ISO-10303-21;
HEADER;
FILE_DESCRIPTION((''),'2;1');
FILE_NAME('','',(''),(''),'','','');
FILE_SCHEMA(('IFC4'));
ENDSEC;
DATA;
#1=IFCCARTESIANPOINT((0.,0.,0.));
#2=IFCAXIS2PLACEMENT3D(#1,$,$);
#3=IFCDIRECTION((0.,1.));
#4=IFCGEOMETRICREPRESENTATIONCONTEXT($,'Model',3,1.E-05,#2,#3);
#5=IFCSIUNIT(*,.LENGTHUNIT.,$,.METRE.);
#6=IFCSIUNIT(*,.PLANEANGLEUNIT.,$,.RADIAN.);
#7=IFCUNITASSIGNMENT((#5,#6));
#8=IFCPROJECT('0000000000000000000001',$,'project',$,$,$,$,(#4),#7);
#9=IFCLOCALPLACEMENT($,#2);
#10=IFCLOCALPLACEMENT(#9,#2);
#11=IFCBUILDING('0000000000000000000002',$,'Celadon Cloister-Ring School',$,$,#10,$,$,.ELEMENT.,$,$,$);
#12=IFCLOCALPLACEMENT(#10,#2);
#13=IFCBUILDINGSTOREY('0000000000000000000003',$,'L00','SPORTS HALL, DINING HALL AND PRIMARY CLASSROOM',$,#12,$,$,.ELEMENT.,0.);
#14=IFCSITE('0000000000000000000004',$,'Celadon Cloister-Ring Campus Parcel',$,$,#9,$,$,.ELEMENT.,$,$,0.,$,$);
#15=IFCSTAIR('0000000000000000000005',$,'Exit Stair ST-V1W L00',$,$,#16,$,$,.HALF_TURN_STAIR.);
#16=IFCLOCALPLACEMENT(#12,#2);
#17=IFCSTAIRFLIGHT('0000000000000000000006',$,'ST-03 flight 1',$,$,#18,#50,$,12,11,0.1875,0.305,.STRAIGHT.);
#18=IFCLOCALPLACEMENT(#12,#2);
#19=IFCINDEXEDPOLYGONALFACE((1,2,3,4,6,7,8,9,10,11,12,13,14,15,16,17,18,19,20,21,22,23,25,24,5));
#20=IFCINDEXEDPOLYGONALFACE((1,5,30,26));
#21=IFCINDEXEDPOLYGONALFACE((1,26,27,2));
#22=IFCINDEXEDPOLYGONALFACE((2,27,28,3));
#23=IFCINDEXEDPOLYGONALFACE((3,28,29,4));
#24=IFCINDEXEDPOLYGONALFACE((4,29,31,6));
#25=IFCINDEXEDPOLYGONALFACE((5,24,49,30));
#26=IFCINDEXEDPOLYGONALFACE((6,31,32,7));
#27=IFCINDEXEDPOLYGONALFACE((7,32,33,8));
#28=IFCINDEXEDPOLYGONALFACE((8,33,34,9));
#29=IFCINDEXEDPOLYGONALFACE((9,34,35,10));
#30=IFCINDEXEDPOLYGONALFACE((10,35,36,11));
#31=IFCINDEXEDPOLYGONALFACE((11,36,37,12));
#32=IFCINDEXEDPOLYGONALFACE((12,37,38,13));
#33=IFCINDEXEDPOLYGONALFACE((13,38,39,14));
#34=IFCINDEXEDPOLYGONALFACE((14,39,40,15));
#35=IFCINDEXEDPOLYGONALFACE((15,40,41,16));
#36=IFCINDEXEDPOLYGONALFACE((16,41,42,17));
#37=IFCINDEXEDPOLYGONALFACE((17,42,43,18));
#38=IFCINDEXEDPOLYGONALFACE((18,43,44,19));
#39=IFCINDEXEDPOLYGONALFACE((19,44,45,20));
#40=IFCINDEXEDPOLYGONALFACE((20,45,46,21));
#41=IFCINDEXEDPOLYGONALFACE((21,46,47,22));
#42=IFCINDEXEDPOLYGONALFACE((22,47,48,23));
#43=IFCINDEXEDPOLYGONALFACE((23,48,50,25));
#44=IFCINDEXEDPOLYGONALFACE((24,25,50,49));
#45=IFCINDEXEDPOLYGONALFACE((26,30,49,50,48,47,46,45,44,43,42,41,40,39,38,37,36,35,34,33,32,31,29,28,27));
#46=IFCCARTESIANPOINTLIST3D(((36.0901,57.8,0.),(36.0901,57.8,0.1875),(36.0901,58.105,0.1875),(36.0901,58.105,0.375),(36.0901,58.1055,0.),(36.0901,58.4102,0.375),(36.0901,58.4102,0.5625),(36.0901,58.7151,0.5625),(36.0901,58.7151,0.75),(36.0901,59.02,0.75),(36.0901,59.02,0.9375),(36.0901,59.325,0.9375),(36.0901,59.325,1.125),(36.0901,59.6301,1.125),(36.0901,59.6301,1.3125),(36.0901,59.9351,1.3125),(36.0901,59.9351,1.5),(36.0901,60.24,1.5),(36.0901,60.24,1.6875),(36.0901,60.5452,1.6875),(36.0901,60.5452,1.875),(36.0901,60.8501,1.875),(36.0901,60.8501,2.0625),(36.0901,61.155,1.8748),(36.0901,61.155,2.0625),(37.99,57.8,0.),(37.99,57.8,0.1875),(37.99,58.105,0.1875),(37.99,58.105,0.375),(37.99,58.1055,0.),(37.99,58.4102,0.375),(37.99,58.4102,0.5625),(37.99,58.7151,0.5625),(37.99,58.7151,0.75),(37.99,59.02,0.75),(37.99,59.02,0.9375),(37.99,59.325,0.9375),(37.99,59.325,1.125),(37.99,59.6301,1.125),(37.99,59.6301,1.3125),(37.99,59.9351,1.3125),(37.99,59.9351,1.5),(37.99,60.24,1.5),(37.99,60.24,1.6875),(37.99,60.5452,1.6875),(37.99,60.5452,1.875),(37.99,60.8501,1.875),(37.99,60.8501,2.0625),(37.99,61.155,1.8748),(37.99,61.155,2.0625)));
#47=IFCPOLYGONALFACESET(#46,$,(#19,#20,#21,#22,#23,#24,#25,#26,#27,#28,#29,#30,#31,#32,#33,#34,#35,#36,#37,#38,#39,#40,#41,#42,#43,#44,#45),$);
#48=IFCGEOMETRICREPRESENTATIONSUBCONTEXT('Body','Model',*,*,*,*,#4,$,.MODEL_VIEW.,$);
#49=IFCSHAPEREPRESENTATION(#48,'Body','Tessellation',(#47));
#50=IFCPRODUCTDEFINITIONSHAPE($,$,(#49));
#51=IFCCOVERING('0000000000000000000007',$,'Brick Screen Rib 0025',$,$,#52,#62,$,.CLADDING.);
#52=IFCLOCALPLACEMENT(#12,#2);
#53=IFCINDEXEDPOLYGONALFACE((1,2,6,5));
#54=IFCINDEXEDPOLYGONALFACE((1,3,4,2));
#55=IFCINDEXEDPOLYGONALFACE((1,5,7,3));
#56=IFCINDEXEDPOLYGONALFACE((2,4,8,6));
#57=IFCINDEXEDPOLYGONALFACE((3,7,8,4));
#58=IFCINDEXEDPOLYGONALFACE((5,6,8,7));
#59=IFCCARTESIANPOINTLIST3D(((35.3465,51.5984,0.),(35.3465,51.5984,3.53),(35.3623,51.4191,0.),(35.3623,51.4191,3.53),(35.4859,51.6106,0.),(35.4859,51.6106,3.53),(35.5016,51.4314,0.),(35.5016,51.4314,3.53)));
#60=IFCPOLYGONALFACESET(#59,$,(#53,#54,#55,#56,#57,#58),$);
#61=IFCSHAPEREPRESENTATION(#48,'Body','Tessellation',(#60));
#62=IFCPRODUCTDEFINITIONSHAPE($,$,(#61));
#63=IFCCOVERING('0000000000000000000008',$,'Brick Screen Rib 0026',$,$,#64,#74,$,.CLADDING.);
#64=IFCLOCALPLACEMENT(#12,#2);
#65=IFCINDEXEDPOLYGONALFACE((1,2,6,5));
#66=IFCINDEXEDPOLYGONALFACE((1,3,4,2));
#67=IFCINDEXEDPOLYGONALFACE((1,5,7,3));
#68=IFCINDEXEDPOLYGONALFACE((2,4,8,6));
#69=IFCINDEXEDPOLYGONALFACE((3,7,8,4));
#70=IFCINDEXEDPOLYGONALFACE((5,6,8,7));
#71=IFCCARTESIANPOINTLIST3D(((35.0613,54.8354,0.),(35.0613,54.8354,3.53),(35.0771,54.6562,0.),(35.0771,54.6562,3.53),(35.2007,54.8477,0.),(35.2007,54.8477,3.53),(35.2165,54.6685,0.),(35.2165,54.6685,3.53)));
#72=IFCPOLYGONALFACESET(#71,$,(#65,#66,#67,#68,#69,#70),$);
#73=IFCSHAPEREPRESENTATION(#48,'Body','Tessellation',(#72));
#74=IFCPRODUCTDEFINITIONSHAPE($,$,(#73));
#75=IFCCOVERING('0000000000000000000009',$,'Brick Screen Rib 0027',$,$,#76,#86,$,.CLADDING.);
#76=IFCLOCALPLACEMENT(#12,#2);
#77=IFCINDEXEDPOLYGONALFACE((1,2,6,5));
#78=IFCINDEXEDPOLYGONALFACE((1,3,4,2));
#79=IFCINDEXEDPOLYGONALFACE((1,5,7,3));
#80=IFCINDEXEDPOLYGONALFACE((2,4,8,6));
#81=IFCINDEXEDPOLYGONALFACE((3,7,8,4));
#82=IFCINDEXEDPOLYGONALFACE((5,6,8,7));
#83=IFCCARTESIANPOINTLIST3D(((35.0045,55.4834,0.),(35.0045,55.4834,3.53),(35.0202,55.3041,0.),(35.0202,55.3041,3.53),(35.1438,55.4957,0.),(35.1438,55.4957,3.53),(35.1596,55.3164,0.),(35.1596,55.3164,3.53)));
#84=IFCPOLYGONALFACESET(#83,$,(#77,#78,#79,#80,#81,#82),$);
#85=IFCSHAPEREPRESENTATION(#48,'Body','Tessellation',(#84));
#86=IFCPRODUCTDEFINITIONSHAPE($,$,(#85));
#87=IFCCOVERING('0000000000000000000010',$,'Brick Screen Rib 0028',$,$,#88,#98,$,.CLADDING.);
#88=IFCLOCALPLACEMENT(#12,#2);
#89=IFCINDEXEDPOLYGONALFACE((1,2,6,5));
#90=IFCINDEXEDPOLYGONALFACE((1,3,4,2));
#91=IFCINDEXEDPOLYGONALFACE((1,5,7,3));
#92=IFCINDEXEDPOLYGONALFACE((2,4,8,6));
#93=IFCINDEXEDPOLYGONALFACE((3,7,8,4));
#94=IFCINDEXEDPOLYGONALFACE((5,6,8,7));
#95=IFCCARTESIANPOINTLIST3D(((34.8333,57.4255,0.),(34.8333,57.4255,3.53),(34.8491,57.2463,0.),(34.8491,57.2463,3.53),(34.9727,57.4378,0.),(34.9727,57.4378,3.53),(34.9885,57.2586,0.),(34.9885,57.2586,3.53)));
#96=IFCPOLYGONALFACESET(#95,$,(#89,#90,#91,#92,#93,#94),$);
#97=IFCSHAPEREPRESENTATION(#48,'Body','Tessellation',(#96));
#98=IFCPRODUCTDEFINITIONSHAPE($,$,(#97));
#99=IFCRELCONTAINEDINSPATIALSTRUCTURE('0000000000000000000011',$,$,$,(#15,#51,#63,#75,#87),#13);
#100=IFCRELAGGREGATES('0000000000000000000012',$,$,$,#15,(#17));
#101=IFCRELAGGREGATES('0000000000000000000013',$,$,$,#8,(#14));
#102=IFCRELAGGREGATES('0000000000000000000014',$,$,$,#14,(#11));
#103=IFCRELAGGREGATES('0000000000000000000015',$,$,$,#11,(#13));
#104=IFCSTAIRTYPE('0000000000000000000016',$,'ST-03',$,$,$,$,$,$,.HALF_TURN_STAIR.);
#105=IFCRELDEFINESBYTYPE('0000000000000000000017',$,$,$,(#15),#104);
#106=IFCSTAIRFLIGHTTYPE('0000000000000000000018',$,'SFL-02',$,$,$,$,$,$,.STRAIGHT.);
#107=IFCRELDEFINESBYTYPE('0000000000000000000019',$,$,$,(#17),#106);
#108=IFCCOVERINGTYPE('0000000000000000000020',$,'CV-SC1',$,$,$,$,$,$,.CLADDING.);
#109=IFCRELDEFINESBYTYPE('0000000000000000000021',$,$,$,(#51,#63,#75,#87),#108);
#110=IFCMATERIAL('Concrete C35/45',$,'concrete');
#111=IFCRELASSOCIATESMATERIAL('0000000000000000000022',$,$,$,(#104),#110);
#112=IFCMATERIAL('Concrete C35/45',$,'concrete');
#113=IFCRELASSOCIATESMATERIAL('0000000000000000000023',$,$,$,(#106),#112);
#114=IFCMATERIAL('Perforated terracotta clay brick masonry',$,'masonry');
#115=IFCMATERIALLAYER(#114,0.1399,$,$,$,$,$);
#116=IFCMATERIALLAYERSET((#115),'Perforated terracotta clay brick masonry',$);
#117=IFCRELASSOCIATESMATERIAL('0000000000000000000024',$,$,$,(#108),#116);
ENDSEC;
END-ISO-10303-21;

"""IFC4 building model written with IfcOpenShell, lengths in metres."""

from ifc_helpers import new_model, si_unit, direction, frame, origin, origin_2d, place, context, subcontext, project, spatial, polyline, rectangle, outline, extrude, material, layer, layer_set, type_object, element, aggregate, save


model = new_model("IFC4")

# Units and contexts
model_context = context("Model", 3, precision=1e-05, world=origin(), true_north=direction((0.0, 1.0)))
body_context = subcontext(model_context, "Body", "Model", "MODEL_VIEW")
ifc_project = project(units=[si_unit("LENGTHUNIT", "METRE"), si_unit("PLANEANGLEUNIT", "RADIAN")], contexts=[model_context])

# Site, building, storey
site_placement = place(None, origin())
site = spatial("IfcSite", under=ifc_project, at=site_placement, Name="Celadon Cloister-Ring Campus Parcel", CompositionType="ELEMENT", RefElevation=0.0)
building_placement = place(site_placement, origin())
building = spatial("IfcBuilding", under=site, at=building_placement, Name="Celadon Cloister-Ring School", CompositionType="ELEMENT")
storey_placement = place(building_placement, origin())
storey = spatial("IfcBuildingStorey", under=building, at=storey_placement, Name="L00", Description="SPORTS HALL, DINING HALL AND PRIMARY CLASSROOM", CompositionType="ELEMENT", Elevation=0.0)

# Stair, stair flight
ifc_material_1 = material(Name="Concrete C35/45", Category="concrete")
stair_type = type_object("IfcStairType", Name="ST-03", PredefinedType="HALF_TURN_STAIR", material=ifc_material_1)
stair_placement = place(storey_placement, origin())
stair = element("IfcStair", 1, at=stair_placement, inside=storey, type_object=stair_type, Name="Exit Stair ST-V1W L00", PredefinedType="HALF_TURN_STAIR")
ifc_material_2 = material(Name="Concrete C35/45", Category="concrete")
stair_flight_type = type_object("IfcStairFlightType", Name="SFL-02", PredefinedType="STRAIGHT", material=ifc_material_2)
stair_flight_placement = place(storey_placement, frame((37.04, 57.8, 0.0), z_axis=(0.0, 0.0, 1.0), x_axis=(0.0, 1.0, 0.0)))
stair_flight = element("IfcStairFlight", 2, at=stair_flight_placement, type_object=stair_flight_type, Name="ST-03 flight 1", NumberOfRisers=12, NumberOfTreads=11, PredefinedType="STRAIGHT", RiserHeight=0.1875, TreadLength=0.305, context=body_context, shape_type="SweptSolid", body=[
    extrude(outline(polyline([(0.0, 0.0), (0.0, 0.1875), (0.3049, 0.1875), (0.3049, 0.375), (0.6101, 0.375), (0.6101, 0.5625), (0.915, 0.5625), (0.915, 0.75), (1.22, 0.75), (1.22, 0.9375), (1.5249, 0.9375), (1.5249, 1.125), (1.8301, 1.125), (1.8301, 1.3125), (2.135, 1.3125), (2.135, 1.5), (2.4399, 1.5), (2.4399, 1.6875), (2.7451, 1.6875), (2.7451, 1.875), (3.05, 1.875), (3.05, 2.0625), (3.355, 2.0625), (3.355, 2.25), (3.355, 1.8748), (0.3054, 0.0), (0.0, 0.0)])), frame((0.0, 0.95, 0.0), z_axis=(0.0, -1.0, 0.0), x_axis=(1.0, 0.0, 0.0)), (0.0, 0.0, 1.0), 1.8999),
])
aggregate(stair, [stair_flight])

# Coverings
ifc_material_3 = material(Name="Perforated terracotta clay brick masonry", Category="masonry")
ifc_layer_1 = layer(ifc_material_3, 0.1399)
ifc_layer_set_1 = layer_set([ifc_layer_1], Name="Perforated terracotta clay brick masonry")
covering_type = type_object("IfcCoveringType", Name="CV-SC1", PredefinedType="CLADDING", material=ifc_layer_set_1)
for number, where, z_axis, x_axis, name in (
    (3, (35.4241, 51.5149, 0.0), (0.0, 0.0, 1.0), (-0.087747, 0.996143, 0.0), "Brick Screen Rib 0025"),
    (4, (35.1389, 54.752, 0.0), (0.0, 0.0, 1.0), (-0.087747, 0.996143, 0.0), "Brick Screen Rib 0026"),
    (5, (35.082, 55.3999, 0.0), (0.0, 0.0, 1.0), (-0.087747, 0.996143, 0.0), "Brick Screen Rib 0027"),
    (6, (34.9109, 57.342, 0.0), (0.0, 0.0, 1.0), (-0.087747, 0.996143, 0.0), "Brick Screen Rib 0028"),
):
    element("IfcCovering", number, at=place(storey_placement, frame(where, z_axis=z_axis, x_axis=x_axis)), inside=storey, type_object=covering_type, Name=name, PredefinedType="CLADDING", context=body_context, shape_type="SweptSolid", body=[
        extrude(rectangle(XDim=0.1799, YDim=0.1399, at=origin_2d()), origin(), (0.0, 0.0, 1.0), 3.53),
    ])

save(model, "model.ifc")
